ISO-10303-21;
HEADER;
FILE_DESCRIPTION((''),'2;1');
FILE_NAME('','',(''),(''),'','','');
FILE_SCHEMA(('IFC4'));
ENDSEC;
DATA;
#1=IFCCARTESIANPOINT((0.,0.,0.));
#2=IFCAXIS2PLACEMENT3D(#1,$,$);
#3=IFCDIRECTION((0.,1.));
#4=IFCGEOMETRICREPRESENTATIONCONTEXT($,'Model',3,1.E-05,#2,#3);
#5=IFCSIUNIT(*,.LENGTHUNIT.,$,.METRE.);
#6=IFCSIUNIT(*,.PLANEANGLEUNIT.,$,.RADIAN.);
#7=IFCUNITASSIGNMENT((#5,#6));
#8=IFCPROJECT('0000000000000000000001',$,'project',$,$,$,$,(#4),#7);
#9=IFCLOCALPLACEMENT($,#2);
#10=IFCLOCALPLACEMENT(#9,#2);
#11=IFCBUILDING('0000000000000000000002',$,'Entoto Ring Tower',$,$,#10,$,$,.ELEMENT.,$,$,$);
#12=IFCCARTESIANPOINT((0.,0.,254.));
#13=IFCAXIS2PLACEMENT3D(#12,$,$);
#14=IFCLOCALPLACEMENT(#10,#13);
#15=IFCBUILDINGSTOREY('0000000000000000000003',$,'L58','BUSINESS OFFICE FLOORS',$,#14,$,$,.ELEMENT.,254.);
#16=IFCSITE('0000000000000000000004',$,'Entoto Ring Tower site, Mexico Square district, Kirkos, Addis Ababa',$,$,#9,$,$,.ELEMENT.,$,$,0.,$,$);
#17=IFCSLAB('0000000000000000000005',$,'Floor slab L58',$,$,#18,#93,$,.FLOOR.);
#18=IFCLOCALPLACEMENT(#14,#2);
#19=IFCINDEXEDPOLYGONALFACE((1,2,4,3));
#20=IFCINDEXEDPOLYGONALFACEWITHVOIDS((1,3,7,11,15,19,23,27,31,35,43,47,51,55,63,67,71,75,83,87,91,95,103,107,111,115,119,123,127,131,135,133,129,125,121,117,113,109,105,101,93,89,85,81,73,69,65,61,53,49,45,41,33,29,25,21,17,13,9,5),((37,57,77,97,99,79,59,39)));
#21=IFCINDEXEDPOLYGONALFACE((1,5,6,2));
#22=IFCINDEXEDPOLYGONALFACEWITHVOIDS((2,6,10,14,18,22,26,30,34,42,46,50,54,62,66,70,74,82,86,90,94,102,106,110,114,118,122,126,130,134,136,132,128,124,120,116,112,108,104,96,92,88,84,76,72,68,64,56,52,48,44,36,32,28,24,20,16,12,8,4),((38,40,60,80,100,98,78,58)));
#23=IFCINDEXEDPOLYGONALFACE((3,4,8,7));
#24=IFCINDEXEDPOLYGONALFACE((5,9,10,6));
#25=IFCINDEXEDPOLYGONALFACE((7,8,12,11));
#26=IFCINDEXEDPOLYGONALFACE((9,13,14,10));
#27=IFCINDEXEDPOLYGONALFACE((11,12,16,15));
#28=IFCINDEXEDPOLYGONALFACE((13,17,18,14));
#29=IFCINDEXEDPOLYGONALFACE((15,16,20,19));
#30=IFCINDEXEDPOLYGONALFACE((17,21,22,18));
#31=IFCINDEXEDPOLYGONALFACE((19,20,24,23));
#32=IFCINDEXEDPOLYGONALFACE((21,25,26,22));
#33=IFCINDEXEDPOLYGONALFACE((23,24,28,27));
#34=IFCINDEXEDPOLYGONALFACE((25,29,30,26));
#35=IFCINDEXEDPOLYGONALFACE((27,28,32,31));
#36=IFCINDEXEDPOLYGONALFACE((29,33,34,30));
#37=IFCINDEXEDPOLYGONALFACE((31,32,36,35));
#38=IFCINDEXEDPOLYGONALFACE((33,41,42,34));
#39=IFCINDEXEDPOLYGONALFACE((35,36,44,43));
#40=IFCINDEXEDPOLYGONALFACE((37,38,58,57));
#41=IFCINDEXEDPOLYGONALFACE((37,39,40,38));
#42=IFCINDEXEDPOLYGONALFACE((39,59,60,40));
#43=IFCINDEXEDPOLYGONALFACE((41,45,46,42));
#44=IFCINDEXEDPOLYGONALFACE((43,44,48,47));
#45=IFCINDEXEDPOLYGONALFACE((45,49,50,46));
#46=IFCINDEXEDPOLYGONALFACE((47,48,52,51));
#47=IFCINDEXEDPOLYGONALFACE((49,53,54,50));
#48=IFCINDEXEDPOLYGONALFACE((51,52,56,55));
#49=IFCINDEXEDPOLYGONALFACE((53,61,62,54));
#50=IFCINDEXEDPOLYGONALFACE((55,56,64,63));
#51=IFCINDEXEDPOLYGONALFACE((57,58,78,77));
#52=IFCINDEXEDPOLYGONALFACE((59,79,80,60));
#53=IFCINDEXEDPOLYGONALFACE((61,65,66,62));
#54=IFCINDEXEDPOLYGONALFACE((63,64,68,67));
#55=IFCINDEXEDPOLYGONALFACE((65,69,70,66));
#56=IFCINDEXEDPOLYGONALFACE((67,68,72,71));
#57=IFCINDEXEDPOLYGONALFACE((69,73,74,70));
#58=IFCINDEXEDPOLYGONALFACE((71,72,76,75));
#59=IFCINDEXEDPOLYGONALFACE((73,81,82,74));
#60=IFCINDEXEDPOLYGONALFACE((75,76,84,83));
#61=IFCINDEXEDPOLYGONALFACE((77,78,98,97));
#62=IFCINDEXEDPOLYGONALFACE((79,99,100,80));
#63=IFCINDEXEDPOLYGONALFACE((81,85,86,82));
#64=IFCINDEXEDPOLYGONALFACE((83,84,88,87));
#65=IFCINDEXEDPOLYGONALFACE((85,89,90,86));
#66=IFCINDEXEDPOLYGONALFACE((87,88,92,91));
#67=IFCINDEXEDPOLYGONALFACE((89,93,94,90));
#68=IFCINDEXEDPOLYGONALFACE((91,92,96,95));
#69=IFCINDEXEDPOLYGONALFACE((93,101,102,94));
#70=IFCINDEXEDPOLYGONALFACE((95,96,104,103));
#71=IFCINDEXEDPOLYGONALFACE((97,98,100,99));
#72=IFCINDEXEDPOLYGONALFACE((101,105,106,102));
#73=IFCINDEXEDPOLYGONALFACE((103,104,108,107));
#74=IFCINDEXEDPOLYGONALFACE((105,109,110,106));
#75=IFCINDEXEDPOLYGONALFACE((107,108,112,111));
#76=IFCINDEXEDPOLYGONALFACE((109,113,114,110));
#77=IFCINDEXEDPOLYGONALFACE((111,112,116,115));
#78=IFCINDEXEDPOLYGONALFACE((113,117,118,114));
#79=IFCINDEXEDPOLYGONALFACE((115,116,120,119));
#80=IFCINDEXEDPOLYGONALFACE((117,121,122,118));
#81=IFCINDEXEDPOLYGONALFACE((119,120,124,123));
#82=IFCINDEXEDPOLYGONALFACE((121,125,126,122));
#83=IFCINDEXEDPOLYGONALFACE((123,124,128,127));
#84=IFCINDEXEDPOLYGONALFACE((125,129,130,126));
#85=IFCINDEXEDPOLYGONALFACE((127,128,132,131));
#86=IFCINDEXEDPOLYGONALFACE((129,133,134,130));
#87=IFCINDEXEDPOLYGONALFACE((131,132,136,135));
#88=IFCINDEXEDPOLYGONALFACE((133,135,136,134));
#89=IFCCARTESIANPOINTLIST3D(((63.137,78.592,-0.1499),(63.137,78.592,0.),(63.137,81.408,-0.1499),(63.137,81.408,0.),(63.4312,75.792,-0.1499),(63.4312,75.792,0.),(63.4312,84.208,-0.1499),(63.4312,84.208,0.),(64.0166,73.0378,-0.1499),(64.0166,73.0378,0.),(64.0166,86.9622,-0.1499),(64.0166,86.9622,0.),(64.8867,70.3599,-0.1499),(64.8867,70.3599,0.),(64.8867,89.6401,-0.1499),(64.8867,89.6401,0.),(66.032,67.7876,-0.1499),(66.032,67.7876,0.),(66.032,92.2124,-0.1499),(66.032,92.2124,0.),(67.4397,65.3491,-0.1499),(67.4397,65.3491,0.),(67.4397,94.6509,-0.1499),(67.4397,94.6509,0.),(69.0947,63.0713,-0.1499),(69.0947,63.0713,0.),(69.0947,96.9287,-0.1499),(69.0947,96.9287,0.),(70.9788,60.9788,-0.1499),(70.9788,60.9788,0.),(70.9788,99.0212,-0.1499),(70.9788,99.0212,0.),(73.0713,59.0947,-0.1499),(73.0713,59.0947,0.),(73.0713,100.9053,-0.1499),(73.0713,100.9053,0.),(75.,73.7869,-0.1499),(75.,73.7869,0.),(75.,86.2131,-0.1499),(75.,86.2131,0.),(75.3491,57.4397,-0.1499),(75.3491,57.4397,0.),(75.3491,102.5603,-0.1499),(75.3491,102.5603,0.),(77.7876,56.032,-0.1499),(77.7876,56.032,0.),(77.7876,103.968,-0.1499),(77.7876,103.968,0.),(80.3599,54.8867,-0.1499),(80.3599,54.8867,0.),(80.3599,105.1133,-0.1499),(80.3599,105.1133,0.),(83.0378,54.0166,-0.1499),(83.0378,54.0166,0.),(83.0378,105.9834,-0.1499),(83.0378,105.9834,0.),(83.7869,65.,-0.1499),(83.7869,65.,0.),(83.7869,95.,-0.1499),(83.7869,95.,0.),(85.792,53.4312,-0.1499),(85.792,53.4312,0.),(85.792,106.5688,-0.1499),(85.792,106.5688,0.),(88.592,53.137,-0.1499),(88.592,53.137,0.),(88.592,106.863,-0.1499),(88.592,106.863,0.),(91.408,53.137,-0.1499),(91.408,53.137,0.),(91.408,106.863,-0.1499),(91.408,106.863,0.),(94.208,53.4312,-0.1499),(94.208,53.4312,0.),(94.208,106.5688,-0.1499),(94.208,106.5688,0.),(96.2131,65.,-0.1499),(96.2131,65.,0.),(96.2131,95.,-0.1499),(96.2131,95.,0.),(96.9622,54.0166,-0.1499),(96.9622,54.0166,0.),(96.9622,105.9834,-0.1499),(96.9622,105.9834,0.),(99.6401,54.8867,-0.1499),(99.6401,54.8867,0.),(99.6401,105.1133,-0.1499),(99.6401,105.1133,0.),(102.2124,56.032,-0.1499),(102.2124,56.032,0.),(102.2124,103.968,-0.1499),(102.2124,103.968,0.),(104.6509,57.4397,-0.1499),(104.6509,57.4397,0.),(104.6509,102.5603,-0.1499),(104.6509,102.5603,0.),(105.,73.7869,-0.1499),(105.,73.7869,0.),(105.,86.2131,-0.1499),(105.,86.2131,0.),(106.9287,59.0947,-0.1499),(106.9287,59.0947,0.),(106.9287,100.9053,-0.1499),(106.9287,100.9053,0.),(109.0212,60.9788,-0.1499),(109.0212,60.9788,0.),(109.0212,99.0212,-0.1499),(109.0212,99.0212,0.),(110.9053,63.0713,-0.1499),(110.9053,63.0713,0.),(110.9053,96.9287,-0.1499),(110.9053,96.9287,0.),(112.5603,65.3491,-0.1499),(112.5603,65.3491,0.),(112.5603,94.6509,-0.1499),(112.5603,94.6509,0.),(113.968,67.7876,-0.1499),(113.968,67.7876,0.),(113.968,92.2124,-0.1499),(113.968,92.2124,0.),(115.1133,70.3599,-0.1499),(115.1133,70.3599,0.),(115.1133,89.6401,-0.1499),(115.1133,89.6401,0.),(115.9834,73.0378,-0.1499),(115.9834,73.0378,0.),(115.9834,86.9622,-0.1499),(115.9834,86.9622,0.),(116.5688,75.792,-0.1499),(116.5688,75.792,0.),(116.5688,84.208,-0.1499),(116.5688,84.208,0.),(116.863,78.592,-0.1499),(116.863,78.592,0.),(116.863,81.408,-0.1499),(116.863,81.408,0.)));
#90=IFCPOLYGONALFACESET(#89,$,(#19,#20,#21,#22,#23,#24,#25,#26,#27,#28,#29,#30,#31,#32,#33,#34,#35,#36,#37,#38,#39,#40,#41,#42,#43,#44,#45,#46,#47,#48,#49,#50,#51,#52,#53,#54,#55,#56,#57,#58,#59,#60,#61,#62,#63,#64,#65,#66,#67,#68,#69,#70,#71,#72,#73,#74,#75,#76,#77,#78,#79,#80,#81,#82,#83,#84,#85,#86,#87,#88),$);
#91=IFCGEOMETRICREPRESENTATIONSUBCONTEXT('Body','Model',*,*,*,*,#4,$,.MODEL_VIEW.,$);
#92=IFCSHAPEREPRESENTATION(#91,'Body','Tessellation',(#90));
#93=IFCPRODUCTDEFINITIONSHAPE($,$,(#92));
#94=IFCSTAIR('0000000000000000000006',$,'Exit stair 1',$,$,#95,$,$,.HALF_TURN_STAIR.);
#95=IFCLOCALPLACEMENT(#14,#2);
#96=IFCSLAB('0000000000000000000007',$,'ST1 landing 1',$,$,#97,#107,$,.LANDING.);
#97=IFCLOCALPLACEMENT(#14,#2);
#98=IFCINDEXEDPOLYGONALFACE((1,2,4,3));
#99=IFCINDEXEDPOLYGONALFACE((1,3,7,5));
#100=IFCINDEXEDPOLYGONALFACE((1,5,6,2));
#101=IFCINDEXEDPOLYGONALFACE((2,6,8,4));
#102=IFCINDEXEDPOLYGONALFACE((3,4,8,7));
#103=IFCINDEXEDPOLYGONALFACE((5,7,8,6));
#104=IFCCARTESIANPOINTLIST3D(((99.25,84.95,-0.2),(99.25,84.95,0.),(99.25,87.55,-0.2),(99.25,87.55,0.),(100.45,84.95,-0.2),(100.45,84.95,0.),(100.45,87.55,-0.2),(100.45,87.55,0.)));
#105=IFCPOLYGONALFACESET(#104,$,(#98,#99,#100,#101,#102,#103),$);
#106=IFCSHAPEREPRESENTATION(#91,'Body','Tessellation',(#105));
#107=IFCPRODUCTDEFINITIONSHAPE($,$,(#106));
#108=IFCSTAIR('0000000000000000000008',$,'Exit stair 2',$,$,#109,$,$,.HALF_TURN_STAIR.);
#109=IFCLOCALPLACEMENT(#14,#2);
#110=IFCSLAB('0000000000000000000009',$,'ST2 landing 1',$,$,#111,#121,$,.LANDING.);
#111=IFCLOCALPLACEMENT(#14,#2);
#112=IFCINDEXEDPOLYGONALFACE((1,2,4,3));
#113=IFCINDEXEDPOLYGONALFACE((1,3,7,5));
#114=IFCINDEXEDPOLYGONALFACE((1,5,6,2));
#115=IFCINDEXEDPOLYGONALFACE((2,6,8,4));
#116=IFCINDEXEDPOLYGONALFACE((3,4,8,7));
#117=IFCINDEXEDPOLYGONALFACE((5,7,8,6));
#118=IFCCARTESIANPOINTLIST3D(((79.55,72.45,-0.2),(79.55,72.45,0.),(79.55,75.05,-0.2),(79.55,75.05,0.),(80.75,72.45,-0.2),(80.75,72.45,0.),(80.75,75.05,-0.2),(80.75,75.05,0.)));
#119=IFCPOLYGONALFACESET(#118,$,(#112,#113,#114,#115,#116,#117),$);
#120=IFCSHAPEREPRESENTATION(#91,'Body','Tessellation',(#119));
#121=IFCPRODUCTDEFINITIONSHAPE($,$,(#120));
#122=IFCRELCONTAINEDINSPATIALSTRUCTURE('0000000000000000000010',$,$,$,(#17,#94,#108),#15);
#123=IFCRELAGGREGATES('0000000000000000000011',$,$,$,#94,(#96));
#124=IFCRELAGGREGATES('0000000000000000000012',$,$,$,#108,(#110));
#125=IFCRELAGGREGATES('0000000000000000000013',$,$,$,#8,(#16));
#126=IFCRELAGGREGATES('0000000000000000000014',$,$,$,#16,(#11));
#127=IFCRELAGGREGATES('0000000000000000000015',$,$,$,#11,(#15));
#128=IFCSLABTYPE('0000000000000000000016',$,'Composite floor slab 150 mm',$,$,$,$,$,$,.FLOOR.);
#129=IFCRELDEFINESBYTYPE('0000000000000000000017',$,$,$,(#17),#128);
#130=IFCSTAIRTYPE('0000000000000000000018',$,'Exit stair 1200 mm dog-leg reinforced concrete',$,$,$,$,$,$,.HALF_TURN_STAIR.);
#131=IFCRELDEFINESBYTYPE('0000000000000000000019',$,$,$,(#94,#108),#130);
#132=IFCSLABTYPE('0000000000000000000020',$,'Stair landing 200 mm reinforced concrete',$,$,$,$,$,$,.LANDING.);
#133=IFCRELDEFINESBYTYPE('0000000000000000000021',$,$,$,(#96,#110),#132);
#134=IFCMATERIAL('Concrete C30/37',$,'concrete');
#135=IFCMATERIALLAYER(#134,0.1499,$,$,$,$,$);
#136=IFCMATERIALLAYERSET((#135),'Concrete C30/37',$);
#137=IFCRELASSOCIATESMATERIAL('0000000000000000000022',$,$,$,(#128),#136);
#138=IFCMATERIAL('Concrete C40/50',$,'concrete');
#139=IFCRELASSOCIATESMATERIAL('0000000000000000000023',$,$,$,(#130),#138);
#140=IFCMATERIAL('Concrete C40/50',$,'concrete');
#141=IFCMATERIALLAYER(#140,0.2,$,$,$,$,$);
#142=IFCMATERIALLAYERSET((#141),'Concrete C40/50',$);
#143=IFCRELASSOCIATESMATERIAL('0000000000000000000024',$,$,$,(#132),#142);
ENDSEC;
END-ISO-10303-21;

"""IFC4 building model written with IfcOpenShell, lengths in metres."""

from ifc_helpers import new_model, si_unit, direction, frame, origin, place, context, subcontext, project, spatial, polyline, outline, extrude, material, layer, layer_set, type_object, element, aggregate, save


model = new_model("IFC4")

# Units and contexts
model_context = context("Model", 3, precision=1e-05, world=origin(), true_north=direction((0.0, 1.0)))
body_context = subcontext(model_context, "Body", "Model", "MODEL_VIEW")
ifc_project = project(units=[si_unit("LENGTHUNIT", "METRE"), si_unit("PLANEANGLEUNIT", "RADIAN")], contexts=[model_context])

# Site, building, storey
site_placement = place(None, origin())
building_placement = place(site_placement, origin())
storey_placement = place(building_placement, frame((0.0, 0.0, 254.0)))
site = spatial("IfcSite", under=ifc_project, at=site_placement, Name="Entoto Ring Tower site, Mexico Square district, Kirkos, Addis Ababa", CompositionType="ELEMENT", RefElevation=0.0)
building = spatial("IfcBuilding", under=site, at=building_placement, Name="Entoto Ring Tower", CompositionType="ELEMENT")
storey = spatial("IfcBuildingStorey", under=building, at=storey_placement, Name="L58", Description="BUSINESS OFFICE FLOORS", CompositionType="ELEMENT", Elevation=254.0)

# Slab
ifc_material_1 = material(Name="Concrete C30/37", Category="concrete")
ifc_layer_1 = layer(ifc_material_1, 0.1499)
ifc_layer_set_1 = layer_set([ifc_layer_1], Name="Concrete C30/37")
slab_type_1 = type_object("IfcSlabType", Name="Composite floor slab 150 mm", PredefinedType="FLOOR", material=ifc_layer_set_1)
slab_1_placement = place(storey_placement, frame((0.0, 0.0, -0.1499)))
element("IfcSlab", 1, at=slab_1_placement, inside=storey, type_object=slab_type_1, Name="Floor slab L58", PredefinedType="FLOOR", context=body_context, shape_type="SweptSolid", body=[
    extrude(outline(polyline([(116.5688, 84.208), (115.9834, 86.9622), (115.1133, 89.6401), (113.968, 92.2124), (112.5603, 94.6509), (110.9053, 96.9287), (109.0212, 99.0212), (106.9287, 100.9053), (104.6509, 102.5603), (102.2124, 103.968), (99.6401, 105.1133), (96.9622, 105.9834), (94.208, 106.5688), (91.408, 106.863), (88.592, 106.863), (85.792, 106.5688), (83.0378, 105.9834), (80.3599, 105.1133), (77.7876, 103.968), (75.3491, 102.5603), (73.0713, 100.9053), (70.9788, 99.0212), (69.0947, 96.9287), (67.4397, 94.6509), (66.032, 92.2124), (64.8867, 89.6401), (64.0166, 86.9622), (63.4312, 84.208), (63.137, 81.408), (63.137, 78.592), (63.4312, 75.792), (64.0166, 73.0378), (64.8867, 70.3599), (66.032, 67.7876), (67.4397, 65.3491), (69.0947, 63.0713), (70.9788, 60.9788), (73.0713, 59.0947), (75.3491, 57.4397), (77.7876, 56.032), (80.3599, 54.8867), (83.0378, 54.0166), (85.792, 53.4312), (88.592, 53.137), (91.408, 53.137), (94.208, 53.4312), (96.9622, 54.0166), (99.6401, 54.8867), (102.2124, 56.032), (104.6509, 57.4397), (106.9287, 59.0947), (109.0212, 60.9788), (110.9053, 63.0713), (112.5603, 65.3491), (113.968, 67.7876), (115.1133, 70.3599), (115.9834, 73.0378), (116.5688, 75.792), (116.863, 78.592), (116.863, 81.408), (116.5688, 84.208)]), holes=[polyline([(105.0, 73.7869), (105.0, 86.2131), (96.2131, 95.0), (83.7869, 95.0), (75.0, 86.2131), (75.0, 73.7869), (83.7869, 65.0), (96.2131, 65.0), (105.0, 73.7869)])]), origin(), (0.0, 0.0, 1.0), 0.1499),
])

# Stairs, slabs
ifc_material_2 = material(Name="Concrete C40/50", Category="concrete")
stair_type = type_object("IfcStairType", Name="Exit stair 1200 mm dog-leg reinforced concrete", PredefinedType="HALF_TURN_STAIR", material=ifc_material_2)
stair_1_placement = place(storey_placement, origin())
stair_1 = element("IfcStair", 2, at=stair_1_placement, inside=storey, type_object=stair_type, Name="Exit stair 1", PredefinedType="HALF_TURN_STAIR")
ifc_material_3 = material(Name="Concrete C40/50", Category="concrete")
ifc_layer_2 = layer(ifc_material_3, 0.2)
ifc_layer_set_2 = layer_set([ifc_layer_2], Name="Concrete C40/50")
slab_type_2 = type_object("IfcSlabType", Name="Stair landing 200 mm reinforced concrete", PredefinedType="LANDING", material=ifc_layer_set_2)
slab_2_placement = place(storey_placement, frame((0.0, 0.0, -0.2)))
slab_2 = element("IfcSlab", 3, at=slab_2_placement, type_object=slab_type_2, Name="ST1 landing 1", PredefinedType="LANDING", context=body_context, shape_type="SweptSolid", body=[
    extrude(outline(polyline([(100.45, 84.95), (100.45, 87.55), (99.25, 87.55), (99.25, 84.95), (100.45, 84.95)])), origin(), (0.0, 0.0, 1.0), 0.2),
])
aggregate(stair_1, [slab_2])
stair_2_placement = place(storey_placement, origin())
stair_2 = element("IfcStair", 4, at=stair_2_placement, inside=storey, type_object=stair_type, Name="Exit stair 2", PredefinedType="HALF_TURN_STAIR")
slab_3_placement = place(storey_placement, frame((0.0, 0.0, -0.2)))
slab_3 = element("IfcSlab", 5, at=slab_3_placement, type_object=slab_type_2, Name="ST2 landing 1", PredefinedType="LANDING", context=body_context, shape_type="SweptSolid", body=[
    extrude(outline(polyline([(80.75, 72.45), (80.75, 75.05), (79.55, 75.05), (79.55, 72.45), (80.75, 72.45)])), origin(), (0.0, 0.0, 1.0), 0.2),
])
aggregate(stair_2, [slab_3])

save(model, "model.ifc")
